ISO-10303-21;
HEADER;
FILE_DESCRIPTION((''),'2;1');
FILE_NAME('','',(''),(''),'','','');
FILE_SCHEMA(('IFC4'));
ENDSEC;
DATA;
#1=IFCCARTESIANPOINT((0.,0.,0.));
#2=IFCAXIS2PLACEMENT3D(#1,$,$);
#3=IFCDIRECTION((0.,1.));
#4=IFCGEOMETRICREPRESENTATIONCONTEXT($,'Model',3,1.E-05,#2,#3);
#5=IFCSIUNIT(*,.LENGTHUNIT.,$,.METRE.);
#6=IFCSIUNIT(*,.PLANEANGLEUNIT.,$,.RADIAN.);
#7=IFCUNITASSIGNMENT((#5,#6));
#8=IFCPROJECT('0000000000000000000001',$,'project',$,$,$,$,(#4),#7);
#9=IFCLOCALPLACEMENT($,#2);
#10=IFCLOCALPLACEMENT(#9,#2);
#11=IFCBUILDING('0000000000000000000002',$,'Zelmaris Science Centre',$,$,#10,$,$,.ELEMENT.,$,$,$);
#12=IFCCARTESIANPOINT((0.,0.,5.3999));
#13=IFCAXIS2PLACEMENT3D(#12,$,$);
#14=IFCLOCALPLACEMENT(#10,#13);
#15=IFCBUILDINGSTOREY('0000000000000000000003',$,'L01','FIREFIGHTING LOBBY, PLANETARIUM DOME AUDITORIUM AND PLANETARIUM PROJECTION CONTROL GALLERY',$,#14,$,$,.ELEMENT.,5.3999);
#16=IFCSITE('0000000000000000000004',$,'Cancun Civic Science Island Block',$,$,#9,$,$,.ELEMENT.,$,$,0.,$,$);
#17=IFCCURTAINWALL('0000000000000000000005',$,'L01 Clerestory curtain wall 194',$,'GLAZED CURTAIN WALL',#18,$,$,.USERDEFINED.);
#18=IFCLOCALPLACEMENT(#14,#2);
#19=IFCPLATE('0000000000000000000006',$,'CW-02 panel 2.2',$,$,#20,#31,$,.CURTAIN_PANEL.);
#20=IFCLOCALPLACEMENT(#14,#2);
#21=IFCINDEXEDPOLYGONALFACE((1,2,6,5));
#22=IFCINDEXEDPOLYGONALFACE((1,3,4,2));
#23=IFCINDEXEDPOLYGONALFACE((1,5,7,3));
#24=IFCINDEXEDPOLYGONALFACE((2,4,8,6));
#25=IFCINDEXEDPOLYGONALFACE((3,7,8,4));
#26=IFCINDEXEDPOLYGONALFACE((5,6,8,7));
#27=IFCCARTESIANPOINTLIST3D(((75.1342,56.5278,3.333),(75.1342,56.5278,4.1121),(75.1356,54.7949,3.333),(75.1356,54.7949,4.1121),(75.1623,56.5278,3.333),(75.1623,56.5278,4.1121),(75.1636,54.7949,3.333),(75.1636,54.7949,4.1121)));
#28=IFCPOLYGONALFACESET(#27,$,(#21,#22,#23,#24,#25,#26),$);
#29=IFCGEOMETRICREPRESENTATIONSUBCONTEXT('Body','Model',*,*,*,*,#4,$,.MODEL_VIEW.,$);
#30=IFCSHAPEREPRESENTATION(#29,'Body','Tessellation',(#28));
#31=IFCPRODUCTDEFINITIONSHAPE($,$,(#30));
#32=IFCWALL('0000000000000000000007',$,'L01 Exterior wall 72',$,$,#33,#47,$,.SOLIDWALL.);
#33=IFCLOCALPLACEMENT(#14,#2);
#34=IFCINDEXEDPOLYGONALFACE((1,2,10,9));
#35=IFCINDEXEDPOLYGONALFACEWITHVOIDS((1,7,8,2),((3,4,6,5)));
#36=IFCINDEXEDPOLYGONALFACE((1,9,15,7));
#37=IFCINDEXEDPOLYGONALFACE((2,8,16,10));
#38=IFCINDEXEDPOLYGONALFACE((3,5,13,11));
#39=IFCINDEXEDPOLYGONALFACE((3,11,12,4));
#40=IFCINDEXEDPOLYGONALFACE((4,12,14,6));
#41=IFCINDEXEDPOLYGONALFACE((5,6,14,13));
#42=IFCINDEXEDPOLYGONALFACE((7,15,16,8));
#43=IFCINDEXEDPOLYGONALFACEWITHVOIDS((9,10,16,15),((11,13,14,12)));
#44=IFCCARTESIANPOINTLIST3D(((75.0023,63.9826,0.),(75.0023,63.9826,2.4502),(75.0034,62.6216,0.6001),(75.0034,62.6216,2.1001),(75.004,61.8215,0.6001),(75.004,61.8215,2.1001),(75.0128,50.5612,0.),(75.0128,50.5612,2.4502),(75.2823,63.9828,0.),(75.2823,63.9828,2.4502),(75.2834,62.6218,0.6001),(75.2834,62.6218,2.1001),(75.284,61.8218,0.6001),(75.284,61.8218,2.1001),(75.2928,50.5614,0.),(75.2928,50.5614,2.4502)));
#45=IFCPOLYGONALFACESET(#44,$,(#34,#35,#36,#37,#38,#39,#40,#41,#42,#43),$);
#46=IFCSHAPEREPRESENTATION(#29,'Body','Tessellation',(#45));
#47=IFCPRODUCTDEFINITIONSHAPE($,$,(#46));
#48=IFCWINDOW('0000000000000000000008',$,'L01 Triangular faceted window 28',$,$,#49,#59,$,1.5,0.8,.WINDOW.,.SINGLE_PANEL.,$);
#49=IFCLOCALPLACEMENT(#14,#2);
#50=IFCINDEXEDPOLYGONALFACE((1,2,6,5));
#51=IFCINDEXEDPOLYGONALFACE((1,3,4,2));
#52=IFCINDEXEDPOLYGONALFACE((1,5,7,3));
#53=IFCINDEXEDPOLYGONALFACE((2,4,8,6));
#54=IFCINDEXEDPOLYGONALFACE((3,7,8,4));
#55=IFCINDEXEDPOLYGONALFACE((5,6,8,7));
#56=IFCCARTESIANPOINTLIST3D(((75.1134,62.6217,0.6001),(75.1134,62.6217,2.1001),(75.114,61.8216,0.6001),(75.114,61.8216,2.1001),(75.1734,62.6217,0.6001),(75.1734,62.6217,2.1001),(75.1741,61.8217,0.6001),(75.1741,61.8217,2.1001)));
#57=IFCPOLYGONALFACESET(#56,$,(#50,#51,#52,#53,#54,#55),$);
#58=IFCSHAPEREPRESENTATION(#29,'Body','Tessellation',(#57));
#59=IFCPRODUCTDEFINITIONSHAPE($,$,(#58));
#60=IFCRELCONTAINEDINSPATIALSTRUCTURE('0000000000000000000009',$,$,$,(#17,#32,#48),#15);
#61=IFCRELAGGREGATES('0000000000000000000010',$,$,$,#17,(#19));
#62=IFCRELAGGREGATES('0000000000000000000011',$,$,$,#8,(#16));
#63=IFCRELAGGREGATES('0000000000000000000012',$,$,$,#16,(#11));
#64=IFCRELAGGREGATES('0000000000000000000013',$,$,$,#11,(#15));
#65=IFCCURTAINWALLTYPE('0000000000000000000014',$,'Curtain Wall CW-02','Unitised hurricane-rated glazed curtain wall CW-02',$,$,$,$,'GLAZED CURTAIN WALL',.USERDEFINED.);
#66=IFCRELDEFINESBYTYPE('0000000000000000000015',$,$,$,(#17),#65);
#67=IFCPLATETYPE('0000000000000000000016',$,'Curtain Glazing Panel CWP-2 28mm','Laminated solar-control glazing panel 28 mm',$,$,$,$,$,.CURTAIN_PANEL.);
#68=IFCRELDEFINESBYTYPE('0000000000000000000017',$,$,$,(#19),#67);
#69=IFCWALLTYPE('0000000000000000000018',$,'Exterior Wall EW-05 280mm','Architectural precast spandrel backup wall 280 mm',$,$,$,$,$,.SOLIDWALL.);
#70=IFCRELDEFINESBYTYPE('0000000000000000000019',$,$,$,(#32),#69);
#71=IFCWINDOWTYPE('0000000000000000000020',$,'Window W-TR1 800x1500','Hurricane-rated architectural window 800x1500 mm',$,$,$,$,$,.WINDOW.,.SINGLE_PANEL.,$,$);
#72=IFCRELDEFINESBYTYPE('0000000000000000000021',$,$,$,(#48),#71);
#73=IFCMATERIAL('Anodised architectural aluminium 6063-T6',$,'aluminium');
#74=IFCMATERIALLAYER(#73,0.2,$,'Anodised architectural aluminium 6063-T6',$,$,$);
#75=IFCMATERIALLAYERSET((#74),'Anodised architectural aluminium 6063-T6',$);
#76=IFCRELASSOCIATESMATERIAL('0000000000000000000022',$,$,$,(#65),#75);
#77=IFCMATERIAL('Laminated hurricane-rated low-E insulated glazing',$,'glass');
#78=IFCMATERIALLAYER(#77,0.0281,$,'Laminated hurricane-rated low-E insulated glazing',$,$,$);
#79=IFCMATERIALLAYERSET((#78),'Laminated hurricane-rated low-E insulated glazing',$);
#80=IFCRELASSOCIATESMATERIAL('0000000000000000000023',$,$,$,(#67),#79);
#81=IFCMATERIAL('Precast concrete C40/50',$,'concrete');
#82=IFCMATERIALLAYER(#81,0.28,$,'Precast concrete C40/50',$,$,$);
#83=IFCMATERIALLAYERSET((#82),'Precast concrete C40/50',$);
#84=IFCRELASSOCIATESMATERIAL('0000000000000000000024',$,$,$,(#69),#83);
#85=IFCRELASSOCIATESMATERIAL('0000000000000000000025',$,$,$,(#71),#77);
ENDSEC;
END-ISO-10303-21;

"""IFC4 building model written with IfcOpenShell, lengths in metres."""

from ifc_helpers import new_model, si_unit, direction, frame, frame_2d, origin, origin_2d, place, context, subcontext, project, spatial, rectangle, extrude, material, layer, layer_set, type_object, element, fill, aggregate, save


model = new_model("IFC4")

# Units and contexts
model_context = context("Model", 3, precision=1e-05, world=origin(), true_north=direction((0.0, 1.0)))
body_context = subcontext(model_context, "Body", "Model", "MODEL_VIEW")
ifc_project = project(units=[si_unit("LENGTHUNIT", "METRE"), si_unit("PLANEANGLEUNIT", "RADIAN")], contexts=[model_context])

# Site, building, storey
site_placement = place(None, origin())
site = spatial("IfcSite", under=ifc_project, at=site_placement, Name="Cancun Civic Science Island Block", CompositionType="ELEMENT", RefElevation=0.0)
building_placement = place(site_placement, origin())
building = spatial("IfcBuilding", under=site, at=building_placement, Name="Zelmaris Science Centre", CompositionType="ELEMENT")
storey_placement = place(building_placement, frame((0.0, 0.0, 5.3999)))
storey = spatial("IfcBuildingStorey", under=building, at=storey_placement, Name="L01", Description="FIREFIGHTING LOBBY, PLANETARIUM DOME AUDITORIUM AND PLANETARIUM PROJECTION CONTROL GALLERY", CompositionType="ELEMENT", Elevation=5.3999)

# Curtain wall
ifc_material_1 = material(Name="Anodised architectural aluminium 6063-T6", Category="aluminium")
ifc_layer_1 = layer(ifc_material_1, 0.2, Name="Anodised architectural aluminium 6063-T6")
ifc_layer_set_1 = layer_set([ifc_layer_1], Name="Anodised architectural aluminium 6063-T6")
curtain_wall_type = type_object("IfcCurtainWallType", Name="Curtain Wall CW-02", Description="Unitised hurricane-rated glazed curtain wall CW-02", ElementType="GLAZED CURTAIN WALL", PredefinedType="USERDEFINED", material=ifc_layer_set_1)
curtain_wall_placement = place(storey_placement, origin())
curtain_wall = element("IfcCurtainWall", 1, at=curtain_wall_placement, inside=storey, type_object=curtain_wall_type, Name="L01 Clerestory curtain wall 194", ObjectType="GLAZED CURTAIN WALL", PredefinedType="USERDEFINED")

# Plate
ifc_material_2 = material(Name="Laminated hurricane-rated low-E insulated glazing", Category="glass")
ifc_layer_2 = layer(ifc_material_2, 0.0281, Name="Laminated hurricane-rated low-E insulated glazing")
ifc_layer_set_2 = layer_set([ifc_layer_2], Name="Laminated hurricane-rated low-E insulated glazing")
plate_type = type_object("IfcPlateType", Name="Curtain Glazing Panel CWP-2 28mm", Description="Laminated solar-control glazing panel 28 mm", PredefinedType="CURTAIN_PANEL", material=ifc_layer_set_2)
plate_1_placement = place(storey_placement, frame((75.1489, 55.6614, 3.333), z_axis=(0.0, 0.0, 1.0), x_axis=(-0.000778, 1.0, 0.0)))
plate_1 = element("IfcPlate", 2, at=plate_1_placement, type_object=plate_type, Name="CW-02 panel 2.2", PredefinedType="CURTAIN_PANEL", context=body_context, shape_type="SweptSolid", body=[
    extrude(rectangle(XDim=1.7329, YDim=0.0281, at=origin_2d()), origin(), (0.0, 0.0, 1.0), 0.7791),
])
aggregate(curtain_wall, [plate_1])

# Wall, opening, window
ifc_material_3 = material(Name="Precast concrete C40/50", Category="concrete")
ifc_layer_3 = layer(ifc_material_3, 0.28, Name="Precast concrete C40/50")
ifc_layer_set_3 = layer_set([ifc_layer_3], Name="Precast concrete C40/50")
wall_type = type_object("IfcWallType", Name="Exterior Wall EW-05 280mm", Description="Architectural precast spandrel backup wall 280 mm", PredefinedType="SOLIDWALL", material=ifc_layer_set_3)
wall_placement = place(storey_placement, frame((75.1528, 50.5613, 0.0), z_axis=(0.0, 0.0, 1.0), x_axis=(-0.000782, 1.0, 0.0)))
wall = element("IfcWall", 3, at=wall_placement, inside=storey, type_object=wall_type, Name="L01 Exterior wall 72", PredefinedType="SOLIDWALL", context=body_context, shape_type="SweptSolid", body=[
    extrude(rectangle(XDim=13.4214, YDim=0.28, at=frame_2d((6.7107, 0.0))), origin(), (0.0, 0.0, 1.0), 2.4502),
])
opening_placement = place(wall_placement, frame((11.2605, 0.0, 0.6001)))
opening = element("IfcOpeningElement", 4, at=opening_placement, cuts=wall, PredefinedType="OPENING", context=body_context, shape_type="SweptSolid", body=[
    extrude(rectangle(XDim=0.8, YDim=1.5, at=frame_2d((0.3999, 0.75))), frame((0.0, 0.1499, 0.0), z_axis=(0.0, -1.0, 0.0), x_axis=(1.0, 0.0, 0.0)), (0.0, 0.0, 1.0), 0.3),
])
window_type = type_object("IfcWindowType", Name="Window W-TR1 800x1500", Description="Hurricane-rated architectural window 800x1500 mm", PartitioningType="SINGLE_PANEL", PredefinedType="WINDOW", material=ifc_material_2)
window_placement = place(opening_placement, origin())
window = element("IfcWindow", 5, at=window_placement, inside=storey, type_object=window_type, Name="L01 Triangular faceted window 28", OverallHeight=1.5, OverallWidth=0.8, PartitioningType="SINGLE_PANEL", PredefinedType="WINDOW", context=body_context, shape_type="SweptSolid", body=[
    extrude(rectangle(XDim=0.8, YDim=1.5, at=frame_2d((0.3999, 0.75))), frame((0.0, 0.03, 0.0), z_axis=(0.0, -1.0, 0.0), x_axis=(1.0, 0.0, 0.0)), (0.0, 0.0, 1.0), 0.0601),
])
fill(opening, window)

save(model, "model.ifc")
